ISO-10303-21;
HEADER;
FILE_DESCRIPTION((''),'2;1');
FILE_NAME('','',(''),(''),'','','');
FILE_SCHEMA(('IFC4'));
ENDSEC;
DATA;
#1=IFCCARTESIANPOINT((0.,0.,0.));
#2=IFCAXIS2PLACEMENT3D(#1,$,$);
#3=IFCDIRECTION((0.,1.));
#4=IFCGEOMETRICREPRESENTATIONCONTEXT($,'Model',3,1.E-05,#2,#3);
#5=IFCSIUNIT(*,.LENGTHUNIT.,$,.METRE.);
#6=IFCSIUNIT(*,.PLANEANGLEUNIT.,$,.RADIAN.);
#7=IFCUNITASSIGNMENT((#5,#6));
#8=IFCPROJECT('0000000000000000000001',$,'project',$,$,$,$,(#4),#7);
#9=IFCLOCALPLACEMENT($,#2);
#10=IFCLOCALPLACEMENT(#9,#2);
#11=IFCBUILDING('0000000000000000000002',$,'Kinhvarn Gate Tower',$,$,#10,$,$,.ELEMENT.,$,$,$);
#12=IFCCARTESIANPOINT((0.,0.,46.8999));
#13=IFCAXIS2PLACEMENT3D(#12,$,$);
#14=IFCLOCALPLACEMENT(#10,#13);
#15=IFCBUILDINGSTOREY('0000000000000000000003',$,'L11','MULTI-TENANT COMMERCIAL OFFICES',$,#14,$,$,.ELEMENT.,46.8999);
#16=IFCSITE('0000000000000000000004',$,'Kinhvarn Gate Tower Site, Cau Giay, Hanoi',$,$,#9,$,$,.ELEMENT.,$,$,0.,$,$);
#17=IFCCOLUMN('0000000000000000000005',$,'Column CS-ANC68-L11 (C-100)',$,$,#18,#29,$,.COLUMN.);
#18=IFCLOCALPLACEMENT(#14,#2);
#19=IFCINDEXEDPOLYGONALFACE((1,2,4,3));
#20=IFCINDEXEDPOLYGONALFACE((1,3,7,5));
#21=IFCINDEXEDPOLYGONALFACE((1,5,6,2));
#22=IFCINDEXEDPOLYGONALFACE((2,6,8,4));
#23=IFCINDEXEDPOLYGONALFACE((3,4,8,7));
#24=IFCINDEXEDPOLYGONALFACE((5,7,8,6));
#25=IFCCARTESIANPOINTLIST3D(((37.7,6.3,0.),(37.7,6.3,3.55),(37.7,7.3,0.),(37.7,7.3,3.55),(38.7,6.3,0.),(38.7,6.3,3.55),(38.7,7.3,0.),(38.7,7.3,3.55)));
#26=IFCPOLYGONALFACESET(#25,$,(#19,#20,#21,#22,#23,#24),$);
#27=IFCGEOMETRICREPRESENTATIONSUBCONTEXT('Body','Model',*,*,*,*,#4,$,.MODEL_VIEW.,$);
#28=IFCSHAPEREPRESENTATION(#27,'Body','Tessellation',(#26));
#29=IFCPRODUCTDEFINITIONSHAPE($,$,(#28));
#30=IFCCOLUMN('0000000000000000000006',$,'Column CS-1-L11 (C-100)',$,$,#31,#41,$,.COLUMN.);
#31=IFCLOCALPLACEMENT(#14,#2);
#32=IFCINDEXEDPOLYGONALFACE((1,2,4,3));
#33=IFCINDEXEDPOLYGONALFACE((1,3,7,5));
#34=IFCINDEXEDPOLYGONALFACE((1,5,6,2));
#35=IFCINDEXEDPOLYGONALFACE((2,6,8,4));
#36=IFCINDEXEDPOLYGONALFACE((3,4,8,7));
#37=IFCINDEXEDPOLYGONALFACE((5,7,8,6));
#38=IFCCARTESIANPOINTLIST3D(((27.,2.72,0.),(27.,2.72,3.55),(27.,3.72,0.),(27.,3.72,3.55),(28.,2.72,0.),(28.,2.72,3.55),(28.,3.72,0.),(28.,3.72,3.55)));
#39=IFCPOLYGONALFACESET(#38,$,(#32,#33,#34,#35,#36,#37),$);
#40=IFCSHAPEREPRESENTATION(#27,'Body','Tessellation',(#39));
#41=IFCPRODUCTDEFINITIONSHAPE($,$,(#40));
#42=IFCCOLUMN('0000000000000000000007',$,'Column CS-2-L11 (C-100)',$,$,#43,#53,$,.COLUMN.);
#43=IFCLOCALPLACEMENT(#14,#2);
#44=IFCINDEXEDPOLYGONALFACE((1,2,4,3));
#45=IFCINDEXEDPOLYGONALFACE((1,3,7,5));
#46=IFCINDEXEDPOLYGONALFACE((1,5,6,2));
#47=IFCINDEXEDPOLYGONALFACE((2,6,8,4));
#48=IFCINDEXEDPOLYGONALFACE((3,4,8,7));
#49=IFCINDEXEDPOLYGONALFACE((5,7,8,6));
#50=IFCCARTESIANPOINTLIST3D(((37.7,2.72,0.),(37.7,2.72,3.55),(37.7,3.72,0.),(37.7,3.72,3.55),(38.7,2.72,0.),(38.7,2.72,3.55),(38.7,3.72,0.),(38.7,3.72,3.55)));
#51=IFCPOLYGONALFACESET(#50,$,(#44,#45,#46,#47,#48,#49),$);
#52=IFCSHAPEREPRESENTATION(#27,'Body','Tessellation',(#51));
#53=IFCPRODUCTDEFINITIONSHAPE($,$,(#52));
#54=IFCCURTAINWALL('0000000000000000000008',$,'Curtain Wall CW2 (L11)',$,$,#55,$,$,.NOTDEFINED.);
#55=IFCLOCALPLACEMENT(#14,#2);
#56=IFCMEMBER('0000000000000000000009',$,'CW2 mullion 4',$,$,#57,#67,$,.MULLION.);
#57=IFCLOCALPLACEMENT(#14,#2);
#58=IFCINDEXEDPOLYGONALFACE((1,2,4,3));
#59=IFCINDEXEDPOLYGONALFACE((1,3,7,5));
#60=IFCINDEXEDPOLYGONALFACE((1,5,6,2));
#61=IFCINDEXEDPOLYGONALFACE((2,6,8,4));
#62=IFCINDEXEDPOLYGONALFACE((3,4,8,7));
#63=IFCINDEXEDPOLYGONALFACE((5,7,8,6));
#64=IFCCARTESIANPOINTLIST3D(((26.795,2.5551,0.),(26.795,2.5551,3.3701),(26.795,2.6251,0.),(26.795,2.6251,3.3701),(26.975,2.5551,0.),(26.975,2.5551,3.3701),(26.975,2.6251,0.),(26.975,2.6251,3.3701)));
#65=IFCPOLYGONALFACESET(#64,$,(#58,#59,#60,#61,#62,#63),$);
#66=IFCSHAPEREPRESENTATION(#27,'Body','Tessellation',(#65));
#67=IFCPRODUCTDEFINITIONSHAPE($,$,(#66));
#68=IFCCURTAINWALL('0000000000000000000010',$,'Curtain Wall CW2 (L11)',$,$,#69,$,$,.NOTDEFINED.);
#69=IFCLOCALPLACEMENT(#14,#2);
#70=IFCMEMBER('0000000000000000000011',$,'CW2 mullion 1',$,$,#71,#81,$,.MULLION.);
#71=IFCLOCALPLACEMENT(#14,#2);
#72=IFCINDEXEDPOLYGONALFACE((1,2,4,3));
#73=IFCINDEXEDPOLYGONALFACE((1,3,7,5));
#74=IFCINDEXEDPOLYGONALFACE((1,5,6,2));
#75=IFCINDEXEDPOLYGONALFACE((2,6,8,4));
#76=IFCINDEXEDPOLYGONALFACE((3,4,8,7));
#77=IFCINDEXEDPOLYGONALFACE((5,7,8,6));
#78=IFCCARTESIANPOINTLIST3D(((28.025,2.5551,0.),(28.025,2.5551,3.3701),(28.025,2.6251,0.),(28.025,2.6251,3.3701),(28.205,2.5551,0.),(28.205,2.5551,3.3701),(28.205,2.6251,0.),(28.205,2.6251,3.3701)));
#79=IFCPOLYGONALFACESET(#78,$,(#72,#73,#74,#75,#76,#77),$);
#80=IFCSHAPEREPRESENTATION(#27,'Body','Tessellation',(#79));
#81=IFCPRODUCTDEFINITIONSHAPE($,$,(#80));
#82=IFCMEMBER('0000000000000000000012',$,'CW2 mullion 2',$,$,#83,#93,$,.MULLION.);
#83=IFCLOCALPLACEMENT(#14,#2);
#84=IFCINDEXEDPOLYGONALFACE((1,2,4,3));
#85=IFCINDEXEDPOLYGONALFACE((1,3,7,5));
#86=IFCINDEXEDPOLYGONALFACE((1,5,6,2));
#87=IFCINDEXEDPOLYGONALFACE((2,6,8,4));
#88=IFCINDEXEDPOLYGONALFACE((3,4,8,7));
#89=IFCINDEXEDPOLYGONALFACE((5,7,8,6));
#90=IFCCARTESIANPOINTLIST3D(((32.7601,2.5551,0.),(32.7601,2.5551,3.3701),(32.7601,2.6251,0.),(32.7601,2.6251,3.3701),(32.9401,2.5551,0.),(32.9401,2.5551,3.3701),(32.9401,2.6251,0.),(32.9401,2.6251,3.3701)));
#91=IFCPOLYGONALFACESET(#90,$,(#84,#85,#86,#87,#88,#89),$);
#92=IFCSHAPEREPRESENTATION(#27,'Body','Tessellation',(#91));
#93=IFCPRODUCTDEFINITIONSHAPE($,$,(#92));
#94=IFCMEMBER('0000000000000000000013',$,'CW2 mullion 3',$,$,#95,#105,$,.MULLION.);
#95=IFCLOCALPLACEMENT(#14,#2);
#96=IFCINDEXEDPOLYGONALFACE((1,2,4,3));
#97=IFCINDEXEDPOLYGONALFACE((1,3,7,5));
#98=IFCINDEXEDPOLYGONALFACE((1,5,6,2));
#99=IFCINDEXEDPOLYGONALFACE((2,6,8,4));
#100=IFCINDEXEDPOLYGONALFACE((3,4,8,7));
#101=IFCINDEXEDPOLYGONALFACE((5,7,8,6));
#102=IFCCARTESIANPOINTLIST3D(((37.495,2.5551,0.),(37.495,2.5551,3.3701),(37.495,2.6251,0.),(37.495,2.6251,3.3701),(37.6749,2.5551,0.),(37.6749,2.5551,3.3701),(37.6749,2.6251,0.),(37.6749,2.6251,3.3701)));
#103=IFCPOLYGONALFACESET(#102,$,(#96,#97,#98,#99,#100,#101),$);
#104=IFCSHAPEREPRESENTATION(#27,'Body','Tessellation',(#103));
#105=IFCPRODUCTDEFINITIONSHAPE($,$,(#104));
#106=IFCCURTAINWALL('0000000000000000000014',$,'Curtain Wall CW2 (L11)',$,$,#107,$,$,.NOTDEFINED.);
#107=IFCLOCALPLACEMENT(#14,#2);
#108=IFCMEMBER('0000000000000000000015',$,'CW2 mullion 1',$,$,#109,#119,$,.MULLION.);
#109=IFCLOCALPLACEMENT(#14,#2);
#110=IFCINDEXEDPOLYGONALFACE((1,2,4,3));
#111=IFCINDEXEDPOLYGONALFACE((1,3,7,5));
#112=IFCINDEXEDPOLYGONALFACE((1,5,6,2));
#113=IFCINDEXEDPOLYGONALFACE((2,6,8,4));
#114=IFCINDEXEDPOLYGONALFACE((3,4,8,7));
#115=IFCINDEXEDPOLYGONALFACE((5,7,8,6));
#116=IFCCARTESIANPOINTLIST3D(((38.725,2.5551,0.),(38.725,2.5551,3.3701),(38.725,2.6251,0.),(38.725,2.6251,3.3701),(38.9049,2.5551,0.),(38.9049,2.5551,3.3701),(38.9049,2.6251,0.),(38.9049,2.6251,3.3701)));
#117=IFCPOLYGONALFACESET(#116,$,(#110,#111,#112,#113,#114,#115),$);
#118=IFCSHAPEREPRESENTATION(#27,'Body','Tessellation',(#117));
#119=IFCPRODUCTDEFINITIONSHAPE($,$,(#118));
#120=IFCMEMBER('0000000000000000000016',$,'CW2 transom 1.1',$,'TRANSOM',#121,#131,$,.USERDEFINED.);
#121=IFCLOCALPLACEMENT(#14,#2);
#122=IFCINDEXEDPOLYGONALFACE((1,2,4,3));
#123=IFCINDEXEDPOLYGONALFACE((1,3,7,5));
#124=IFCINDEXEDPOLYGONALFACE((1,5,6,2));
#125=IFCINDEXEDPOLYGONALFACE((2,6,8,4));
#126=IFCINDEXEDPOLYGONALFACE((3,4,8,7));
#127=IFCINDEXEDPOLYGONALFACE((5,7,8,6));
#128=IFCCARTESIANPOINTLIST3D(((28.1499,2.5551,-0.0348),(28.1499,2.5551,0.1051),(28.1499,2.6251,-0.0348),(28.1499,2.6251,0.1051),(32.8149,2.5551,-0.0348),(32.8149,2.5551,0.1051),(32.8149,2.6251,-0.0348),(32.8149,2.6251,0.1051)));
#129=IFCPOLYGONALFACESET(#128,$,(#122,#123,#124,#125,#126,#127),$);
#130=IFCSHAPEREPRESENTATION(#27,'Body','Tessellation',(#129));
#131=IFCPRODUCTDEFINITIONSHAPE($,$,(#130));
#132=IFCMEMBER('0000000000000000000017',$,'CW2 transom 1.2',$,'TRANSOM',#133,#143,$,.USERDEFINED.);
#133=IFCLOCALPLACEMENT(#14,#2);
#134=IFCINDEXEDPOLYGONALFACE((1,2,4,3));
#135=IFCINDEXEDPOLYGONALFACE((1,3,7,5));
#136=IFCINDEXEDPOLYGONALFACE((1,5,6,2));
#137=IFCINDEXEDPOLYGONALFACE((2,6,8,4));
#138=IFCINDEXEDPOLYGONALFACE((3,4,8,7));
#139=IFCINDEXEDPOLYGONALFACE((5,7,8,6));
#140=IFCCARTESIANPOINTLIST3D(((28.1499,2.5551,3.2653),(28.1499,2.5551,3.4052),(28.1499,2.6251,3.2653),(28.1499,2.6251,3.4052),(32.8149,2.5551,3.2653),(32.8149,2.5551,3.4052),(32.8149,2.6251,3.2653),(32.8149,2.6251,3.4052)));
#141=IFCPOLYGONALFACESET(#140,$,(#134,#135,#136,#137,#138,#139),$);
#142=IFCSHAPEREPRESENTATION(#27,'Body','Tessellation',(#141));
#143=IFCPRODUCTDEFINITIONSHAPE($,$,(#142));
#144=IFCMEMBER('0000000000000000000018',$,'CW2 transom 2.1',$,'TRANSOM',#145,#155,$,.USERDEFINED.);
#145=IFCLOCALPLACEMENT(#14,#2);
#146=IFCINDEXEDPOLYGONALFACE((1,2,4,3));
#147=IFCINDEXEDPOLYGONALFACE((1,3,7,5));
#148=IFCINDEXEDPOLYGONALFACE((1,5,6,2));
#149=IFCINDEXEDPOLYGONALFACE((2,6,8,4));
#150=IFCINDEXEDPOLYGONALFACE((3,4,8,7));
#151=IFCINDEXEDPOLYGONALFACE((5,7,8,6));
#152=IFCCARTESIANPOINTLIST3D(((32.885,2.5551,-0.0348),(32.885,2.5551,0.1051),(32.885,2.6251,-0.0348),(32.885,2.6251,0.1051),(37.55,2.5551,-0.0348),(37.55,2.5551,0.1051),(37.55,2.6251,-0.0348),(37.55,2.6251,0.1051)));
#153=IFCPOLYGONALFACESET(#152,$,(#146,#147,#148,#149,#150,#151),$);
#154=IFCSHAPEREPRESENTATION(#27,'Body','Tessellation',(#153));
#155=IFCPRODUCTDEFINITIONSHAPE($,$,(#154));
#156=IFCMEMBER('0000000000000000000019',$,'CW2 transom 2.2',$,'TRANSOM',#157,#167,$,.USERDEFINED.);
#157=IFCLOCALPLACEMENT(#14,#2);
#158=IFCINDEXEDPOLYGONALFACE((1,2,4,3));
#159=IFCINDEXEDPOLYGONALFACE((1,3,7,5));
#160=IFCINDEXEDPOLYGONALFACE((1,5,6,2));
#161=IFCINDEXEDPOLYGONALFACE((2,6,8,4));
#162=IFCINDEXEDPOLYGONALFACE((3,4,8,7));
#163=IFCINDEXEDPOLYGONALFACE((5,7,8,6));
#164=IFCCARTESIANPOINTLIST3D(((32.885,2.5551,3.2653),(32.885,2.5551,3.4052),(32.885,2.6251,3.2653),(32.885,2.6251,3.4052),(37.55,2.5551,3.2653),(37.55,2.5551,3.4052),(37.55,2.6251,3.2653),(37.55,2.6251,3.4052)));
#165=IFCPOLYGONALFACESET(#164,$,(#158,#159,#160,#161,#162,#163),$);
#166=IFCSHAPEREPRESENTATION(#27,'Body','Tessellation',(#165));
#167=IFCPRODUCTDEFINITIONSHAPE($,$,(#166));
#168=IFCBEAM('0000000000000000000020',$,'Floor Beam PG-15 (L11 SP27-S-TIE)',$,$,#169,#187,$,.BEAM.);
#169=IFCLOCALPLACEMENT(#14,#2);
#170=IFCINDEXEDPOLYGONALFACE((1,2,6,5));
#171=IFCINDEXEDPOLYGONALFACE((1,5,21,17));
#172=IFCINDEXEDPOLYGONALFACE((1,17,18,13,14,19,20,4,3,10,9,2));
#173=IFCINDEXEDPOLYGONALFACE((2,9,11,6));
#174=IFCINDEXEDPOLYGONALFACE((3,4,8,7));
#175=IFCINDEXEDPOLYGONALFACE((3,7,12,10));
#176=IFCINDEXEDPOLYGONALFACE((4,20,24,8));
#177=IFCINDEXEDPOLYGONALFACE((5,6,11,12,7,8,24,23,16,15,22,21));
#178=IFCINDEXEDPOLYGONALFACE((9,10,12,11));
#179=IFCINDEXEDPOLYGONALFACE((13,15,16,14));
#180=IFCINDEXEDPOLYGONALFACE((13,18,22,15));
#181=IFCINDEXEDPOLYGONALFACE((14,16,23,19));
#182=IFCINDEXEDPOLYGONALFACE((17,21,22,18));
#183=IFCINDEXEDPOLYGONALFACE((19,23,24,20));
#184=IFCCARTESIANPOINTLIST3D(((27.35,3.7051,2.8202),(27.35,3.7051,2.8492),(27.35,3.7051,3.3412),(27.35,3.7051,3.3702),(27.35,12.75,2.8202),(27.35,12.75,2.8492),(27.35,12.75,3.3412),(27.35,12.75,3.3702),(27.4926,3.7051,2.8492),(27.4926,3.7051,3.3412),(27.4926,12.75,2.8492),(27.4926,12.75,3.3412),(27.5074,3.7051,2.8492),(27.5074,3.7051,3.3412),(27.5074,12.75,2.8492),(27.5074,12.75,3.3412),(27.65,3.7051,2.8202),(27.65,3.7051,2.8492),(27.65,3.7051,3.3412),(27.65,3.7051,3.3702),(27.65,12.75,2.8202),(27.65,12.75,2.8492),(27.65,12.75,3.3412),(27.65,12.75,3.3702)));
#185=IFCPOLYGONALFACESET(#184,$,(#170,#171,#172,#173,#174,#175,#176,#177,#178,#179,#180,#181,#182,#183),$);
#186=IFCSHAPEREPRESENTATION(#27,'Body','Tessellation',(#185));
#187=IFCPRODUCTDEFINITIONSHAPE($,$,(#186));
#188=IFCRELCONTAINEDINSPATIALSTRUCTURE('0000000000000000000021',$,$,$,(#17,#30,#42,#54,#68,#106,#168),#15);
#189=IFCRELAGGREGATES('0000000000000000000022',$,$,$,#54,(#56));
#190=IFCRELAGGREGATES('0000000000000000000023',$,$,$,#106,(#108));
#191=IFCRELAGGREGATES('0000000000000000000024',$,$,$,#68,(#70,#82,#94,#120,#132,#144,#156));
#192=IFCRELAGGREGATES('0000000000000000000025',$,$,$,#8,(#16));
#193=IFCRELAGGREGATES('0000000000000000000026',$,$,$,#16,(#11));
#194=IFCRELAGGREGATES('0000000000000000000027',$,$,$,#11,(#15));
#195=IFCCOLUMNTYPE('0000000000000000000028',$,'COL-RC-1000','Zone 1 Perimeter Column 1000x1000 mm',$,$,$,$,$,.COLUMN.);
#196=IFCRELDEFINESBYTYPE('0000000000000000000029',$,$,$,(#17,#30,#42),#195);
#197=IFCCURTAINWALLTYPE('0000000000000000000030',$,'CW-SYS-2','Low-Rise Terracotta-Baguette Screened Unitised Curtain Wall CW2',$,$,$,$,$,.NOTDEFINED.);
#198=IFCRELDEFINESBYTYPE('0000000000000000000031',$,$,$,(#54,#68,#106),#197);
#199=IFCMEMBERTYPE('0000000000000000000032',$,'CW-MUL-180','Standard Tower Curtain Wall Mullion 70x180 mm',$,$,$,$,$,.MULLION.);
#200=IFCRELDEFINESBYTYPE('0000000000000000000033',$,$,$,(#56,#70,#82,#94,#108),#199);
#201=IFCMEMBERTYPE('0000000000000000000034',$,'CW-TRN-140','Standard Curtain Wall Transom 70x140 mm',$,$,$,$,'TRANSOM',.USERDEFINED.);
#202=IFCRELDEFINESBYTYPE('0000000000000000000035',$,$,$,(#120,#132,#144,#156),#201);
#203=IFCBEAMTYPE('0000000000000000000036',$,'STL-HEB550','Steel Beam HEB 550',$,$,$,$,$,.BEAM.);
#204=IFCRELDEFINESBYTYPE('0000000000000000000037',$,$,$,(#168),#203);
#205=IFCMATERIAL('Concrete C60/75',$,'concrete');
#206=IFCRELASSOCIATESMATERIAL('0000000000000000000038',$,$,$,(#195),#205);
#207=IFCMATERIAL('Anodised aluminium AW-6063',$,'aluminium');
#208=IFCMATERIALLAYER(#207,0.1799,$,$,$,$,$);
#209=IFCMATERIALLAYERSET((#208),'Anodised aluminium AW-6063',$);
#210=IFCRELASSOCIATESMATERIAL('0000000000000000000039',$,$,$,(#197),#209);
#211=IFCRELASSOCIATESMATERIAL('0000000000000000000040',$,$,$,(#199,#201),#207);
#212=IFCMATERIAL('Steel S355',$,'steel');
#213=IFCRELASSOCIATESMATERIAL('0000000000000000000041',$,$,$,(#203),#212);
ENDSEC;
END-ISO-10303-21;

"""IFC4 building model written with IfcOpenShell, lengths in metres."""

from ifc_helpers import new_model, si_unit, direction, frame, origin, origin_2d, place, context, subcontext, project, spatial, rectangle, i_section, extrude, material, layer, layer_set, material_profile, profile_set, type_object, element, aggregate, save


model = new_model("IFC4")

# Units and contexts
model_context = context("Model", 3, precision=1e-05, world=origin(), true_north=direction((0.0, 1.0)))
body_context = subcontext(model_context, "Body", "Model", "MODEL_VIEW")
ifc_project = project(units=[si_unit("LENGTHUNIT", "METRE"), si_unit("PLANEANGLEUNIT", "RADIAN")], contexts=[model_context])

# Site, building, storey
site_placement = place(None, origin())
site = spatial("IfcSite", under=ifc_project, at=site_placement, Name="Kinhvarn Gate Tower Site, Cau Giay, Hanoi", CompositionType="ELEMENT", RefElevation=0.0)
building_placement = place(site_placement, origin())
building = spatial("IfcBuilding", under=site, at=building_placement, Name="Kinhvarn Gate Tower", CompositionType="ELEMENT")
storey_placement = place(building_placement, frame((0.0, 0.0, 46.8999)))
storey = spatial("IfcBuildingStorey", under=building, at=storey_placement, Name="L11", Description="MULTI-TENANT COMMERCIAL OFFICES", CompositionType="ELEMENT", Elevation=46.8999)

# Columns
ifc_material_1 = material(Name="Concrete C60/75", Category="concrete")
ifc_material_profile_1 = material_profile(ifc_material_1, rectangle(XDim=1.0, YDim=1.0, at=origin_2d()), Name="RC 1000x1000")
ifc_profile_set_1 = profile_set([ifc_material_profile_1], Name="Concrete C60/75")
column_type = type_object("IfcColumnType", Name="COL-RC-1000", Description="Zone 1 Perimeter Column 1000x1000 mm", PredefinedType="COLUMN", material=ifc_profile_set_1)
for number, where, z_axis, x_axis, name in (
    (1, (38.2, 6.8, 0.0), (0.0, 0.0, 1.0), (1.0, 0.0, 0.0), "Column CS-ANC68-L11 (C-100)"),
    (2, (27.5, 3.22, 0.0), (0.0, 0.0, 1.0), (1.0, 0.0, 0.0), "Column CS-1-L11 (C-100)"),
    (3, (38.2, 3.22, 0.0), (0.0, 0.0, 1.0), (1.0, 0.0, 0.0), "Column CS-2-L11 (C-100)"),
):
    element("IfcColumn", number, at=place(storey_placement, frame(where, z_axis=z_axis, x_axis=x_axis)), inside=storey, type_object=column_type, Name=name, PredefinedType="COLUMN", context=body_context, shape_type="SweptSolid", body=[
        extrude(rectangle(XDim=1.0, YDim=1.0, at=origin_2d()), origin(), (0.0, 0.0, 1.0), 3.55),
    ])

# Curtain wall, member
ifc_material_2 = material(Name="Anodised aluminium AW-6063", Category="aluminium")
ifc_layer_1 = layer(ifc_material_2, 0.1799)
ifc_layer_set_1 = layer_set([ifc_layer_1], Name="Anodised aluminium AW-6063")
curtain_wall_type = type_object("IfcCurtainWallType", Name="CW-SYS-2", Description="Low-Rise Terracotta-Baguette Screened Unitised Curtain Wall CW2", PredefinedType="NOTDEFINED", material=ifc_layer_set_1)
curtain_wall_1_placement = place(storey_placement, origin())
curtain_wall_1 = element("IfcCurtainWall", 4, at=curtain_wall_1_placement, inside=storey, type_object=curtain_wall_type, Name="Curtain Wall CW2 (L11)", PredefinedType="NOTDEFINED")
ifc_material_profile_2 = material_profile(ifc_material_2, rectangle(XDim=0.0701, YDim=0.1799, at=origin_2d()), Name="ALU 70x180")
ifc_profile_set_2 = profile_set([ifc_material_profile_2], Name="Anodised aluminium AW-6063")
member_type_1 = type_object("IfcMemberType", Name="CW-MUL-180", Description="Standard Tower Curtain Wall Mullion 70x180 mm", PredefinedType="MULLION", material=ifc_profile_set_2)
member_1_placement = place(storey_placement, frame((26.885, 2.5901, 0.0), z_axis=(0.0, 0.0, 1.0), x_axis=(0.0, 1.0, 0.0)))
member_1 = element("IfcMember", 5, at=member_1_placement, type_object=member_type_1, Name="CW2 mullion 4", PredefinedType="MULLION", context=body_context, shape_type="SweptSolid", body=[
    extrude(rectangle(XDim=0.0701, YDim=0.1799, at=origin_2d()), origin(), (0.0, 0.0, 1.0), 3.3701),
])
aggregate(curtain_wall_1, [member_1])

# Curtain wall, members
curtain_wall_2_placement = place(storey_placement, origin())
curtain_wall_2 = element("IfcCurtainWall", 6, at=curtain_wall_2_placement, inside=storey, type_object=curtain_wall_type, Name="Curtain Wall CW2 (L11)", PredefinedType="NOTDEFINED")
member_2_placement = place(storey_placement, frame((28.115, 2.5901, 0.0), z_axis=(0.0, 0.0, 1.0), x_axis=(0.0, 1.0, 0.0)))
member_2 = element("IfcMember", 7, at=member_2_placement, type_object=member_type_1, Name="CW2 mullion 1", PredefinedType="MULLION", context=body_context, shape_type="SweptSolid", body=[
    extrude(rectangle(XDim=0.0701, YDim=0.1799, at=origin_2d()), origin(), (0.0, 0.0, 1.0), 3.3701),
])
member_3_placement = place(storey_placement, frame((32.8501, 2.5901, 0.0), z_axis=(0.0, 0.0, 1.0), x_axis=(0.0, 1.0, 0.0)))
member_3 = element("IfcMember", 8, at=member_3_placement, type_object=member_type_1, Name="CW2 mullion 2", PredefinedType="MULLION", context=body_context, shape_type="SweptSolid", body=[
    extrude(rectangle(XDim=0.0701, YDim=0.1799, at=origin_2d()), origin(), (0.0, 0.0, 1.0), 3.3701),
])
member_4_placement = place(storey_placement, frame((37.585, 2.5901, 0.0), z_axis=(0.0, 0.0, 1.0), x_axis=(0.0, 1.0, 0.0)))
member_4 = element("IfcMember", 9, at=member_4_placement, type_object=member_type_1, Name="CW2 mullion 3", PredefinedType="MULLION", context=body_context, shape_type="SweptSolid", body=[
    extrude(rectangle(XDim=0.0701, YDim=0.1799, at=origin_2d()), origin(), (0.0, 0.0, 1.0), 3.3701),
])

# Curtain wall, member
curtain_wall_3_placement = place(storey_placement, origin())
curtain_wall_3 = element("IfcCurtainWall", 10, at=curtain_wall_3_placement, inside=storey, type_object=curtain_wall_type, Name="Curtain Wall CW2 (L11)", PredefinedType="NOTDEFINED")
member_5_placement = place(storey_placement, frame((38.8149, 2.5901, 0.0), z_axis=(0.0, 0.0, 1.0), x_axis=(0.0, 1.0, 0.0)))
member_5 = element("IfcMember", 11, at=member_5_placement, type_object=member_type_1, Name="CW2 mullion 1", PredefinedType="MULLION", context=body_context, shape_type="SweptSolid", body=[
    extrude(rectangle(XDim=0.0701, YDim=0.1799, at=origin_2d()), origin(), (0.0, 0.0, 1.0), 3.3701),
])
aggregate(curtain_wall_3, [member_5])

# Members
ifc_material_profile_3 = material_profile(ifc_material_2, rectangle(XDim=0.0701, YDim=0.1399, at=origin_2d()), Name="ALU 70x140")
ifc_profile_set_3 = profile_set([ifc_material_profile_3], Name="Anodised aluminium AW-6063")
member_type_2 = type_object("IfcMemberType", Name="CW-TRN-140", Description="Standard Curtain Wall Transom 70x140 mm", ElementType="TRANSOM", PredefinedType="USERDEFINED", material=ifc_profile_set_3)
member_6_placement = place(storey_placement, frame((28.1499, 2.5901, 0.0352), z_axis=(1.0, 0.0, 0.0), x_axis=(0.0, 1.0, 0.0)))
member_6 = element("IfcMember", 12, at=member_6_placement, type_object=member_type_2, Name="CW2 transom 1.1", ObjectType="TRANSOM", PredefinedType="USERDEFINED", context=body_context, shape_type="SweptSolid", body=[
    extrude(rectangle(XDim=0.0701, YDim=0.1399, at=origin_2d()), origin(), (0.0, 0.0, 1.0), 4.665),
])
member_7_placement = place(storey_placement, frame((28.1499, 2.5901, 3.3352), z_axis=(1.0, 0.0, 0.0), x_axis=(0.0, 1.0, 0.0)))
member_7 = element("IfcMember", 13, at=member_7_placement, type_object=member_type_2, Name="CW2 transom 1.2", ObjectType="TRANSOM", PredefinedType="USERDEFINED", context=body_context, shape_type="SweptSolid", body=[
    extrude(rectangle(XDim=0.0701, YDim=0.1399, at=origin_2d()), origin(), (0.0, 0.0, 1.0), 4.665),
])
member_8_placement = place(storey_placement, frame((32.885, 2.5901, 0.0352), z_axis=(1.0, 0.0, 0.0), x_axis=(0.0, 1.0, 0.0)))
member_8 = element("IfcMember", 14, at=member_8_placement, type_object=member_type_2, Name="CW2 transom 2.1", ObjectType="TRANSOM", PredefinedType="USERDEFINED", context=body_context, shape_type="SweptSolid", body=[
    extrude(rectangle(XDim=0.0701, YDim=0.1399, at=origin_2d()), origin(), (0.0, 0.0, 1.0), 4.665),
])
member_9_placement = place(storey_placement, frame((32.885, 2.5901, 3.3352), z_axis=(1.0, 0.0, 0.0), x_axis=(0.0, 1.0, 0.0)))
member_9 = element("IfcMember", 15, at=member_9_placement, type_object=member_type_2, Name="CW2 transom 2.2", ObjectType="TRANSOM", PredefinedType="USERDEFINED", context=body_context, shape_type="SweptSolid", body=[
    extrude(rectangle(XDim=0.0701, YDim=0.1399, at=origin_2d()), origin(), (0.0, 0.0, 1.0), 4.665),
])

# Beam
ifc_material_3 = material(Name="Steel S355", Category="steel")
ifc_material_profile_4 = material_profile(ifc_material_3, i_section(OverallWidth=0.3, OverallDepth=0.55, WebThickness=0.0149, FlangeThickness=0.0291, at=origin_2d()), Name="HEB 550")
ifc_profile_set_4 = profile_set([ifc_material_profile_4], Name="Steel S355")
beam_type_1 = type_object("IfcBeamType", Name="STL-HEB550", Description="Steel Beam HEB 550", PredefinedType="BEAM", material=ifc_profile_set_4)
beam_1_placement = place(storey_placement, frame((27.5, 3.7051, 3.0952), z_axis=(0.0, 1.0, 0.0), x_axis=(-1.0, 0.0, 0.0)))
element("IfcBeam", 16, at=beam_1_placement, inside=storey, type_object=beam_type_1, Name="Floor Beam PG-15 (L11 SP27-S-TIE)", PredefinedType="BEAM", context=body_context, shape_type="SweptSolid", body=[
    extrude(i_section(OverallWidth=0.3, OverallDepth=0.55, WebThickness=0.0149, FlangeThickness=0.0291, at=origin_2d()), origin(), (0.0, 0.0, 1.0), 9.0449),
])

aggregate(curtain_wall_2, [member_2, member_3, member_4, member_6, member_7, member_8, member_9])

save(model, "model.ifc")
